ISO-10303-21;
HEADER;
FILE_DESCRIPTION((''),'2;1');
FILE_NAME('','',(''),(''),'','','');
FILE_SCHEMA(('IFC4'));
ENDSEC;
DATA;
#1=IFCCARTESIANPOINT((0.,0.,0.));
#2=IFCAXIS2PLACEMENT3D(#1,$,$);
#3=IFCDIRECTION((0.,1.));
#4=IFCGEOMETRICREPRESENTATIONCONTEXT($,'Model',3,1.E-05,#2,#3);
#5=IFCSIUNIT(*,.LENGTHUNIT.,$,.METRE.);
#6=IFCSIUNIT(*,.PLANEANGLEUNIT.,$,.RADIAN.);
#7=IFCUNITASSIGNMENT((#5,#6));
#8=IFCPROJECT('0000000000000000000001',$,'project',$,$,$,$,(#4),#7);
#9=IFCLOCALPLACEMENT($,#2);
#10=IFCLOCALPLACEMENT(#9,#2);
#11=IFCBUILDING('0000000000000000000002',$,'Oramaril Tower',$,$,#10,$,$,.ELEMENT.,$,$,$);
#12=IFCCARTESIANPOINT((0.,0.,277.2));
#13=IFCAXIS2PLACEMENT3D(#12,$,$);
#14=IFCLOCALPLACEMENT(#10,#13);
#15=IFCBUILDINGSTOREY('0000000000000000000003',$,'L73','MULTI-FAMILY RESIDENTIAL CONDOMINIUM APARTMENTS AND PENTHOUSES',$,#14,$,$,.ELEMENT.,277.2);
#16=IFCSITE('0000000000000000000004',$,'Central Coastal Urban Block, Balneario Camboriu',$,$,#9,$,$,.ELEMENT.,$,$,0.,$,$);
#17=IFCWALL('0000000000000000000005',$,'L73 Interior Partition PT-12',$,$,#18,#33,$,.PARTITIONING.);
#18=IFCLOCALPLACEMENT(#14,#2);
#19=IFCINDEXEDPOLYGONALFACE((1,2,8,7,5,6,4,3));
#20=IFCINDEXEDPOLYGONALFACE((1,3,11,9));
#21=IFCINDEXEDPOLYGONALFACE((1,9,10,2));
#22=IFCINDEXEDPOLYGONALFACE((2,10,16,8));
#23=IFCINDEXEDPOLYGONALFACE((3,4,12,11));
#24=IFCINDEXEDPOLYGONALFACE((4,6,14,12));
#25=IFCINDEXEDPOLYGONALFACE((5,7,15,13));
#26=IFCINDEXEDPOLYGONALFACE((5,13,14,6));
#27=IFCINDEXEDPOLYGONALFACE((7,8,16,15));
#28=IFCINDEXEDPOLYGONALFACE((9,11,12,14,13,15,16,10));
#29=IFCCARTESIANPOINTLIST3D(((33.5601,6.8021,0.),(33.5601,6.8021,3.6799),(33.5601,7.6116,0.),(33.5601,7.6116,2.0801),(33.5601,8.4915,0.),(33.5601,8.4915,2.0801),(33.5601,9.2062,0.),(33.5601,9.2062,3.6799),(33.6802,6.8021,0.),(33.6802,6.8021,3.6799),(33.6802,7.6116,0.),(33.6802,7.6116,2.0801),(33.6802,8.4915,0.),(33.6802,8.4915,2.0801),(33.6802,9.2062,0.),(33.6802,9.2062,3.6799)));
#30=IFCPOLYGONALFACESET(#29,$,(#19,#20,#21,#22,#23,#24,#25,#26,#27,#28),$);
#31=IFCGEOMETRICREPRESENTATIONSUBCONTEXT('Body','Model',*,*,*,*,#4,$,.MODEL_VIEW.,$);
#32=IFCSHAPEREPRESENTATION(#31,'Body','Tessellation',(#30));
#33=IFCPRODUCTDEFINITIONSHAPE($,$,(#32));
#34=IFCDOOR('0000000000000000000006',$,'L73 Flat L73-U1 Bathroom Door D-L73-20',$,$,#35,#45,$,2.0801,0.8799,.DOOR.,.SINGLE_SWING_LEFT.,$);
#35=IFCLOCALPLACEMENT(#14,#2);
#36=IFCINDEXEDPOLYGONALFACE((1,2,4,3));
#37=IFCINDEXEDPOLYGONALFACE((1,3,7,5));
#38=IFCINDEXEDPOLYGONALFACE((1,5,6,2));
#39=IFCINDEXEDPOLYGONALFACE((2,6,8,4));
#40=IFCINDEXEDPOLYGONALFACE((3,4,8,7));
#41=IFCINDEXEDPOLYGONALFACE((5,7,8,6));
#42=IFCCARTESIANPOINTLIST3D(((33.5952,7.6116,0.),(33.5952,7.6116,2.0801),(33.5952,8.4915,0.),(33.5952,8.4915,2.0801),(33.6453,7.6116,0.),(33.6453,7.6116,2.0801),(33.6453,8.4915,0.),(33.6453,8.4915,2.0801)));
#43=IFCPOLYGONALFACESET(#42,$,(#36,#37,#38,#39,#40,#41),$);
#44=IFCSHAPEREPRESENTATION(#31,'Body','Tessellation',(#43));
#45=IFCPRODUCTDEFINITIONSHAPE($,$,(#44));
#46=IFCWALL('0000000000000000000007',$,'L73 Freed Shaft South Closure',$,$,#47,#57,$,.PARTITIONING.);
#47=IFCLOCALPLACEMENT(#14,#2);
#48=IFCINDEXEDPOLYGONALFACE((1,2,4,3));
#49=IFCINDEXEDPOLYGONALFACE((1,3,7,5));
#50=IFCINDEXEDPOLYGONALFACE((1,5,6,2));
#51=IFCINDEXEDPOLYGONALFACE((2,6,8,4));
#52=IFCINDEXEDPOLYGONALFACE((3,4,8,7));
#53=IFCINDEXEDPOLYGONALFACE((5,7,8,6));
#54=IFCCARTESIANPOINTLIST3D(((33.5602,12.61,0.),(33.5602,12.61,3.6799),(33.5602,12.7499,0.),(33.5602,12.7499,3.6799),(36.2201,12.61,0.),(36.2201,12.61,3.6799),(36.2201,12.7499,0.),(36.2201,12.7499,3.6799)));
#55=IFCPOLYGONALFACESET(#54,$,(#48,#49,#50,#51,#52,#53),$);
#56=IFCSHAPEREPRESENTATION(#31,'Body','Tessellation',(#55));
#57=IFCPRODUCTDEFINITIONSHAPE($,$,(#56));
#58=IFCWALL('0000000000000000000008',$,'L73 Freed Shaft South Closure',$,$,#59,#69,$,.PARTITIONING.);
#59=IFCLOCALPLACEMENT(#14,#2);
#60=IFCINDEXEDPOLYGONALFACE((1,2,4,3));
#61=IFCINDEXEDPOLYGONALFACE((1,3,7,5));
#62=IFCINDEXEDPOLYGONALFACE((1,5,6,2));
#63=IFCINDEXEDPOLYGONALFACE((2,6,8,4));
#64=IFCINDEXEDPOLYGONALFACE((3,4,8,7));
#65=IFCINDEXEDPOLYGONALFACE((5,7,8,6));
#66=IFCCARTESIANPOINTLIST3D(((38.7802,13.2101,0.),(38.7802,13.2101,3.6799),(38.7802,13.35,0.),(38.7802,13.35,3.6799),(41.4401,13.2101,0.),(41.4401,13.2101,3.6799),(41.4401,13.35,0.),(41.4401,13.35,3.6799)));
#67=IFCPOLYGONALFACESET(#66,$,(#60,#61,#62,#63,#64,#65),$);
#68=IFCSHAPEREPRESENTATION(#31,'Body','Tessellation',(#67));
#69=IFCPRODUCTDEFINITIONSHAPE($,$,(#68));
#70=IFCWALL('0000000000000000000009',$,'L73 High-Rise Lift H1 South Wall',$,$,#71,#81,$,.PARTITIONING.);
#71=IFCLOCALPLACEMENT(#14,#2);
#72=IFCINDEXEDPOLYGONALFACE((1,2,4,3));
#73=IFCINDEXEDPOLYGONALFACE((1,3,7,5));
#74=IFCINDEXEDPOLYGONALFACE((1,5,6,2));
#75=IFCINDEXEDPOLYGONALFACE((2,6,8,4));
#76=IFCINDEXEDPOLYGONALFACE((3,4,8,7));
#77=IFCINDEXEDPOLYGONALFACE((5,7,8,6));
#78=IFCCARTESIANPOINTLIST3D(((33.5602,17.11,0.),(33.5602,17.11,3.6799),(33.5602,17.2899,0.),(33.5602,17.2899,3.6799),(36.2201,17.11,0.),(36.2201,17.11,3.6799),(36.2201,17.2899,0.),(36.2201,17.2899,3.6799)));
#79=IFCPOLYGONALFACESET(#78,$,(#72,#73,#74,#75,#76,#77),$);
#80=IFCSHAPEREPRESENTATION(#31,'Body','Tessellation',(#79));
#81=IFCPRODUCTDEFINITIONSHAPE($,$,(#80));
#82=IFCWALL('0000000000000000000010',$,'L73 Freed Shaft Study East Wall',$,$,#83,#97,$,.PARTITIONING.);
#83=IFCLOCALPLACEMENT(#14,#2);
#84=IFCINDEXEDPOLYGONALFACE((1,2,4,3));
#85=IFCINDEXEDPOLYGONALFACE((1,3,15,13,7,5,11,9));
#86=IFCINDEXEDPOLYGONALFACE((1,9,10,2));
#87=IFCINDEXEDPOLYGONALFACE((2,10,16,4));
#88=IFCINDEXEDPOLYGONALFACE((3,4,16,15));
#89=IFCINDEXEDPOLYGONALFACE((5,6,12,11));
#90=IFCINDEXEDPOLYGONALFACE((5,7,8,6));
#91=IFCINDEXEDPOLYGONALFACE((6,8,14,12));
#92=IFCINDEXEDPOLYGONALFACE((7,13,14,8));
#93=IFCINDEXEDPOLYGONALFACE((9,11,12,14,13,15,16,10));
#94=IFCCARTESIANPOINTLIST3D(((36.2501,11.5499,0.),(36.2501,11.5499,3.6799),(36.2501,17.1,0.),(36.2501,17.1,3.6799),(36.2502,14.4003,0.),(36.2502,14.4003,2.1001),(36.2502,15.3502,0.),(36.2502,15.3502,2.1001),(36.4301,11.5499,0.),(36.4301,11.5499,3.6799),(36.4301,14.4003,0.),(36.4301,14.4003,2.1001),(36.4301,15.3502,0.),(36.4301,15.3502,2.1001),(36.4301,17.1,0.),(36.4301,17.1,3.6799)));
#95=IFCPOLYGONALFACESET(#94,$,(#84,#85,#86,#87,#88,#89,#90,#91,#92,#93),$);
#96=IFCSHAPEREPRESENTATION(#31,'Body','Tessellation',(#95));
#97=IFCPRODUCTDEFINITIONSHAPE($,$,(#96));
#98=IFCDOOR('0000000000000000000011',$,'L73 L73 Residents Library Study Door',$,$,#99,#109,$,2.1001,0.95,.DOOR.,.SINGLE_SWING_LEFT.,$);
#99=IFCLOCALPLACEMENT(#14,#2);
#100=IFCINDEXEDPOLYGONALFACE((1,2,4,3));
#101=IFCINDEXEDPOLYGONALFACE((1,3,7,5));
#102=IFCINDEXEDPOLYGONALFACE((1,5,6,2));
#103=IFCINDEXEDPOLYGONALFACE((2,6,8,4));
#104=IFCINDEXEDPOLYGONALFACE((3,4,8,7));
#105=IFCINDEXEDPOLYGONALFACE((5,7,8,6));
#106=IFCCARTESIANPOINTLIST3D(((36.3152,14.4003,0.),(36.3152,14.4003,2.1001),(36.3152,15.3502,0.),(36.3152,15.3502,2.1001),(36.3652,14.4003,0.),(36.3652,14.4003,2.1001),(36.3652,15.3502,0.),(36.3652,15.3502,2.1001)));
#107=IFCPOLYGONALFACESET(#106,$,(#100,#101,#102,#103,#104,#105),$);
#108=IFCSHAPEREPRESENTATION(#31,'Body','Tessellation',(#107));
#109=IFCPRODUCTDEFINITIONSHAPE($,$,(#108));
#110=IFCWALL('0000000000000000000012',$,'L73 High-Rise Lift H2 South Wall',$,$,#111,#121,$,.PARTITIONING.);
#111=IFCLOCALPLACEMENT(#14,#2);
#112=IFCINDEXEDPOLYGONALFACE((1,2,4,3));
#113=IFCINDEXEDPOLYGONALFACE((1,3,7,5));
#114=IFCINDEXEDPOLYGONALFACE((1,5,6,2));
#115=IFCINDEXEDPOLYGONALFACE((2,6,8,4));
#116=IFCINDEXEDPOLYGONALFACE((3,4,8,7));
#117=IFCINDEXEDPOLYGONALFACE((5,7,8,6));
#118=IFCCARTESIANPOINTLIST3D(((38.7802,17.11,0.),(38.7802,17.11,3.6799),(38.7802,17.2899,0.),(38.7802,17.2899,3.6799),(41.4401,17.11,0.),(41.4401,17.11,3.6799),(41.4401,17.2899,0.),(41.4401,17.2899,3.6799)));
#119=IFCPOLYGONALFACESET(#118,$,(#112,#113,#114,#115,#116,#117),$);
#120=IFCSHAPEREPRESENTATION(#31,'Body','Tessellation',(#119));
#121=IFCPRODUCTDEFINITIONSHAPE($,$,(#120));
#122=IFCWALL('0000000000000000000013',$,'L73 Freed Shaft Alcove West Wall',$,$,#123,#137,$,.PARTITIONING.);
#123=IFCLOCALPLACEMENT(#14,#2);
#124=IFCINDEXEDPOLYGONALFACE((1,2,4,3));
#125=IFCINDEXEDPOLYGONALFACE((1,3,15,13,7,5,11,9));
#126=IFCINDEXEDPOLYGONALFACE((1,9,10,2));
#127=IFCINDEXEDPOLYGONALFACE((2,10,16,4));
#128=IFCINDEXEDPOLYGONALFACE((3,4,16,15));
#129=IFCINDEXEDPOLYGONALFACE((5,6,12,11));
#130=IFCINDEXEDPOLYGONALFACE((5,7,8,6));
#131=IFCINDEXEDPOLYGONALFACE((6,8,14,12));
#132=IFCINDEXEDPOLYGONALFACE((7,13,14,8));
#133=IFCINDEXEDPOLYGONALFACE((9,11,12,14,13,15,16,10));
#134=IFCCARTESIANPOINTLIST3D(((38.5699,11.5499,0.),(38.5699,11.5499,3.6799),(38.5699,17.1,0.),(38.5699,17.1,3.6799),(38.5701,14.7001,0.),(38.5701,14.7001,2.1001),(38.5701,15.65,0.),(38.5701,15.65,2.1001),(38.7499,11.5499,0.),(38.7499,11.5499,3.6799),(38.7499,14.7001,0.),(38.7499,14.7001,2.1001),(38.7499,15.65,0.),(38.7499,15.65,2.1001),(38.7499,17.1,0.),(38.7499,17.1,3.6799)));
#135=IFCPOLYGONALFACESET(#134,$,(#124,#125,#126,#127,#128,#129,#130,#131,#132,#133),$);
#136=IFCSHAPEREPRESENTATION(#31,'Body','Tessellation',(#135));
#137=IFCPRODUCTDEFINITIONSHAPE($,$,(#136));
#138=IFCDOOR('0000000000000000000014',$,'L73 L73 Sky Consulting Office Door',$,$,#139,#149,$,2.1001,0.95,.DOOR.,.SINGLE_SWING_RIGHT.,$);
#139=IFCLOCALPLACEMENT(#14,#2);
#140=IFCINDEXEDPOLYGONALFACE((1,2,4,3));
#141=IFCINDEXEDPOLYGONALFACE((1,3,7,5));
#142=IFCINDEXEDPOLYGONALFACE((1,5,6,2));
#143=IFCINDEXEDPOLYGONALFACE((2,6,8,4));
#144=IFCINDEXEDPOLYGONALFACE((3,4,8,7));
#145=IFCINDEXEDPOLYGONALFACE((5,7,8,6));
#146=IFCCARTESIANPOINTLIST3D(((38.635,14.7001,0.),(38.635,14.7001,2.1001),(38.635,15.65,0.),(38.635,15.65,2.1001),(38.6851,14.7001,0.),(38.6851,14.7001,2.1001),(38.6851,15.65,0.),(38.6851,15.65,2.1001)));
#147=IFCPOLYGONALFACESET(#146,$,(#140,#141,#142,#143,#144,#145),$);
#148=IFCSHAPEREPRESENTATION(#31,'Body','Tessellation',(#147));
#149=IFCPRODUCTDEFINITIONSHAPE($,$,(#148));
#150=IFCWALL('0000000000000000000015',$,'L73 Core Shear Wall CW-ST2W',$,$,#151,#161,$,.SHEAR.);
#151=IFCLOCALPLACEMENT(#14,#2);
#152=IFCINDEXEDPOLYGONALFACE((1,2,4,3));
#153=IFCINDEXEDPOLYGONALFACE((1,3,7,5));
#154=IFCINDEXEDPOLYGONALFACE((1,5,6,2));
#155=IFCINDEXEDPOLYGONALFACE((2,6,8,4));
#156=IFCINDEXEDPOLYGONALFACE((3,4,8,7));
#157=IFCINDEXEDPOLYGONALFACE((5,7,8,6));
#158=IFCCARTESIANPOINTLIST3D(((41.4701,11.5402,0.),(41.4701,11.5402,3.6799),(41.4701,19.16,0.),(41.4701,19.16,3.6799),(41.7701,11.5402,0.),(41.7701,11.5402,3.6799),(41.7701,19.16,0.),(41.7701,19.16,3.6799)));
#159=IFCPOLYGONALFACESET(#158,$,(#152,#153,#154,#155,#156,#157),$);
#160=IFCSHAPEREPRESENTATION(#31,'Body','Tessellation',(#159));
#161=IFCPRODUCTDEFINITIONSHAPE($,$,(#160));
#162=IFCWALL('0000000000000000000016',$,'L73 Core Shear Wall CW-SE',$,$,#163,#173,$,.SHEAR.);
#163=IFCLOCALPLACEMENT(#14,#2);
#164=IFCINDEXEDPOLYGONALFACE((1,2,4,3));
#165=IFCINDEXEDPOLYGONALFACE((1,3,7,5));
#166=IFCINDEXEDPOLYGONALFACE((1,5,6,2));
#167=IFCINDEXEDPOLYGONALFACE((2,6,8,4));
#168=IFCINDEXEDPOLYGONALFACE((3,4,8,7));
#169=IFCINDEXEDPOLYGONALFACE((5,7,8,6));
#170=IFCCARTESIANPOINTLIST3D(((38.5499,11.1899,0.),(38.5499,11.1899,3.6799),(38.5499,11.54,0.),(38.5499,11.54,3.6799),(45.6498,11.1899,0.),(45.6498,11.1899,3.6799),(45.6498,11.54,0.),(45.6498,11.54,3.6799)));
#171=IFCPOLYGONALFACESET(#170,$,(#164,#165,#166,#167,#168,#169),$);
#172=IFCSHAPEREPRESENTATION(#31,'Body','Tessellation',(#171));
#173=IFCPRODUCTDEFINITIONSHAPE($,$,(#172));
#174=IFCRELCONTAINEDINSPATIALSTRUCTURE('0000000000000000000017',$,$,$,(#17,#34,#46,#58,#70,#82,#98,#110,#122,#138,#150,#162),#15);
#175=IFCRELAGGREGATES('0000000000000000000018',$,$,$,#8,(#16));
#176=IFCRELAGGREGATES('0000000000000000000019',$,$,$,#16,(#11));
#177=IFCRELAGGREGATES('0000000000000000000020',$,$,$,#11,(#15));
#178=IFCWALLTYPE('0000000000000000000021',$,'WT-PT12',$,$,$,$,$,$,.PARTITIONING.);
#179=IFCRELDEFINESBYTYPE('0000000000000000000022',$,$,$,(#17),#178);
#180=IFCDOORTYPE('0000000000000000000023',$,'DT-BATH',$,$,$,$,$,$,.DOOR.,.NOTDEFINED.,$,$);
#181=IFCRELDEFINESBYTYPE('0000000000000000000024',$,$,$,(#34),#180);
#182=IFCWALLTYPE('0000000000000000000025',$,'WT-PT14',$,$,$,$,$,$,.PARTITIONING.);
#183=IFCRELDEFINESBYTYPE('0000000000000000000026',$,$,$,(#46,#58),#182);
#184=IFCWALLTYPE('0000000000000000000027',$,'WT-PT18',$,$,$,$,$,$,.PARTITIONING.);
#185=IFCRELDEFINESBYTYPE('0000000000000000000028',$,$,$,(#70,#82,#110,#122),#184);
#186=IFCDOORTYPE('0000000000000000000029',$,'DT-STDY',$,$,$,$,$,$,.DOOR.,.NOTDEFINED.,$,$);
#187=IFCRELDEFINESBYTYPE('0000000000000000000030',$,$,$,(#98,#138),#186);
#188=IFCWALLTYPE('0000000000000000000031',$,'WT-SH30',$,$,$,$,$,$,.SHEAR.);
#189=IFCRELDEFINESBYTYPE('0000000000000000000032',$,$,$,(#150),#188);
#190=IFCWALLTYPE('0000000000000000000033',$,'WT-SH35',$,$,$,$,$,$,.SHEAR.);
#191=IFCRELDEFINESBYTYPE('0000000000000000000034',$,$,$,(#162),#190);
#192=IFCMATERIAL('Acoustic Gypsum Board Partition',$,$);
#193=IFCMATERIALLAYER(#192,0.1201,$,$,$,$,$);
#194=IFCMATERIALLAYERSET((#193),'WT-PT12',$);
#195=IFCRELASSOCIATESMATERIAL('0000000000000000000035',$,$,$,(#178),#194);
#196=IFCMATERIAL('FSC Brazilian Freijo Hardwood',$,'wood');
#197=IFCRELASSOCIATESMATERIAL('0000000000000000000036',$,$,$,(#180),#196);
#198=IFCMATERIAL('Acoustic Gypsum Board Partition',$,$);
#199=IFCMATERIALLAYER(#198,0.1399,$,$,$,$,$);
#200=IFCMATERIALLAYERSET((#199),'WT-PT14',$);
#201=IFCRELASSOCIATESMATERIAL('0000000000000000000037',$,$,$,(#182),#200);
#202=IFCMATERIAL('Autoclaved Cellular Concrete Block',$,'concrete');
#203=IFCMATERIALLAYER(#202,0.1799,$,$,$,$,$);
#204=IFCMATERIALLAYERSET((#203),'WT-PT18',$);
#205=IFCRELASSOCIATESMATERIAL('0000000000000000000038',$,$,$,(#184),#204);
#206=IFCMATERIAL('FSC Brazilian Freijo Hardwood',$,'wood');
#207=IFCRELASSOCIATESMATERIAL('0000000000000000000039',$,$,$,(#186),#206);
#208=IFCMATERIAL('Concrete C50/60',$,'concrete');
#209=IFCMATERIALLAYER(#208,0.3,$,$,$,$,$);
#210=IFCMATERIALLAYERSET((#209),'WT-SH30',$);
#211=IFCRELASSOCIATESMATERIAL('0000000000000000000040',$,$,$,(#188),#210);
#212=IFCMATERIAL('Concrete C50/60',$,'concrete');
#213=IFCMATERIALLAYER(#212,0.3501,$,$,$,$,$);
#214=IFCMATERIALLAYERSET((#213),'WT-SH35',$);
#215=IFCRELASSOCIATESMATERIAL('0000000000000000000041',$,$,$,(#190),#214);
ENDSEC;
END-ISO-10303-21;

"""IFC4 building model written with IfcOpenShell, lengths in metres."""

from ifc_helpers import new_model, si_unit, direction, frame, frame_2d, origin, place, context, subcontext, project, spatial, rectangle, extrude, material, layer, layer_set, type_object, element, fill, save


model = new_model("IFC4")

# Units and contexts
model_context = context("Model", 3, precision=1e-05, world=origin(), true_north=direction((0.0, 1.0)))
body_context = subcontext(model_context, "Body", "Model", "MODEL_VIEW")
ifc_project = project(units=[si_unit("LENGTHUNIT", "METRE"), si_unit("PLANEANGLEUNIT", "RADIAN")], contexts=[model_context])

# Site, building, storey
site_placement = place(None, origin())
site = spatial("IfcSite", under=ifc_project, at=site_placement, Name="Central Coastal Urban Block, Balneario Camboriu", CompositionType="ELEMENT", RefElevation=0.0)
building_placement = place(site_placement, origin())
building = spatial("IfcBuilding", under=site, at=building_placement, Name="Oramaril Tower", CompositionType="ELEMENT")
storey_placement = place(building_placement, frame((0.0, 0.0, 277.2)))
storey = spatial("IfcBuildingStorey", under=building, at=storey_placement, Name="L73", Description="MULTI-FAMILY RESIDENTIAL CONDOMINIUM APARTMENTS AND PENTHOUSES", CompositionType="ELEMENT", Elevation=277.2)

# Wall, opening, door
ifc_material_1 = material(Name="Acoustic Gypsum Board Partition")
ifc_layer_1 = layer(ifc_material_1, 0.1201)
ifc_layer_set_1 = layer_set([ifc_layer_1], Name="WT-PT12")
wall_type_1 = type_object("IfcWallType", Name="WT-PT12", PredefinedType="PARTITIONING", material=ifc_layer_set_1)
wall_1_placement = place(storey_placement, frame((33.6201, 6.802, 0.0), z_axis=(0.0, 0.0, 1.0), x_axis=(0.0, 1.0, 0.0)))
wall_1 = element("IfcWall", 1, at=wall_1_placement, inside=storey, type_object=wall_type_1, Name="L73 Interior Partition PT-12", PredefinedType="PARTITIONING", context=body_context, shape_type="SweptSolid", body=[
    extrude(rectangle(XDim=2.4041, YDim=0.1201, at=frame_2d((1.2021, 0.0))), origin(), (0.0, 0.0, 1.0), 3.6799),
])
opening_1_placement = place(wall_1_placement, frame((0.8096, 0.0, 0.0)))
opening_1 = element("IfcOpeningElement", 2, at=opening_1_placement, cuts=wall_1, PredefinedType="OPENING", context=body_context, shape_type="SweptSolid", body=[
    extrude(rectangle(XDim=0.8799, YDim=2.0801, at=frame_2d((0.4399, 1.04))), frame((0.0, 0.0601, 0.0), z_axis=(0.0, -1.0, 0.0), x_axis=(1.0, 0.0, 0.0)), (0.0, 0.0, 1.0), 0.1201),
])
ifc_material_2 = material(Name="FSC Brazilian Freijo Hardwood", Category="wood")
door_type_1 = type_object("IfcDoorType", Name="DT-BATH", OperationType="NOTDEFINED", PredefinedType="DOOR", material=ifc_material_2)
door_1_placement = place(opening_1_placement, origin())
door_1 = element("IfcDoor", 3, at=door_1_placement, inside=storey, type_object=door_type_1, Name="L73 Flat L73-U1 Bathroom Door D-L73-20", OperationType="SINGLE_SWING_LEFT", OverallHeight=2.0801, OverallWidth=0.8799, PredefinedType="DOOR", context=body_context, shape_type="SweptSolid", body=[
    extrude(rectangle(XDim=0.8799, YDim=2.0801, at=frame_2d((0.4399, 1.04))), frame((0.0, 0.0249, 0.0), z_axis=(0.0, -1.0, 0.0), x_axis=(1.0, 0.0, 0.0)), (0.0, 0.0, 1.0), 0.05),
])
fill(opening_1, door_1)

# Walls
ifc_material_3 = material(Name="Acoustic Gypsum Board Partition")
ifc_layer_2 = layer(ifc_material_3, 0.1399)
ifc_layer_set_2 = layer_set([ifc_layer_2], Name="WT-PT14")
wall_type_2 = type_object("IfcWallType", Name="WT-PT14", PredefinedType="PARTITIONING", material=ifc_layer_set_2)
for number, where, z_axis, x_axis, name in (
    (4, (33.5601, 12.6799, 0.0), (0.0, 0.0, 1.0), (1.0, 0.0, 0.0), "L73 Freed Shaft South Closure"),
    (5, (38.78, 13.28, 0.0), (0.0, 0.0, 1.0), (1.0, 0.0, 0.0), "L73 Freed Shaft South Closure"),
):
    element("IfcWall", number, at=place(storey_placement, frame(where, z_axis=z_axis, x_axis=x_axis)), inside=storey, type_object=wall_type_2, Name=name, PredefinedType="PARTITIONING", context=body_context, shape_type="SweptSolid", body=[
        extrude(rectangle(XDim=2.6599, YDim=0.1399, at=frame_2d((1.3301, 0.0))), origin(), (0.0, 0.0, 1.0), 3.6799),
    ])
ifc_material_4 = material(Name="Autoclaved Cellular Concrete Block", Category="concrete")
ifc_layer_3 = layer(ifc_material_4, 0.1799)
ifc_layer_set_3 = layer_set([ifc_layer_3], Name="WT-PT18")
wall_type_3 = type_object("IfcWallType", Name="WT-PT18", PredefinedType="PARTITIONING", material=ifc_layer_set_3)
wall_2_placement = place(storey_placement, frame((33.5601, 17.2, 0.0), z_axis=(0.0, 0.0, 1.0), x_axis=(1.0, 0.0, 0.0)))
element("IfcWall", 6, at=wall_2_placement, inside=storey, type_object=wall_type_3, Name="L73 High-Rise Lift H1 South Wall", PredefinedType="PARTITIONING", context=body_context, shape_type="SweptSolid", body=[
    extrude(rectangle(XDim=2.6599, YDim=0.1799, at=frame_2d((1.3301, 0.0))), origin(), (0.0, 0.0, 1.0), 3.6799),
])

# Wall, opening, door
wall_3_placement = place(storey_placement, frame((36.3401, 11.55, 0.0), z_axis=(0.0, 0.0, 1.0), x_axis=(0.0, 1.0, 0.0)))
wall_3 = element("IfcWall", 7, at=wall_3_placement, inside=storey, type_object=wall_type_3, Name="L73 Freed Shaft Study East Wall", PredefinedType="PARTITIONING", context=body_context, shape_type="SweptSolid", body=[
    extrude(rectangle(XDim=5.55, YDim=0.1799, at=frame_2d((2.7749, 0.0))), origin(), (0.0, 0.0, 1.0), 3.6799),
])
opening_2_placement = place(wall_3_placement, frame((2.8501, 0.0, 0.0)))
opening_2 = element("IfcOpeningElement", 8, at=opening_2_placement, cuts=wall_3, PredefinedType="OPENING", context=body_context, shape_type="SweptSolid", body=[
    extrude(rectangle(XDim=0.95, YDim=2.1001, at=frame_2d((0.4751, 1.05))), frame((0.0, 0.0898, 0.0), z_axis=(0.0, -1.0, 0.0), x_axis=(1.0, 0.0, 0.0)), (0.0, 0.0, 1.0), 0.1799),
])
ifc_material_5 = material(Name="FSC Brazilian Freijo Hardwood", Category="wood")
door_type_2 = type_object("IfcDoorType", Name="DT-STDY", OperationType="NOTDEFINED", PredefinedType="DOOR", material=ifc_material_5)
door_2_placement = place(opening_2_placement, origin())
door_2 = element("IfcDoor", 9, at=door_2_placement, inside=storey, type_object=door_type_2, Name="L73 L73 Residents Library Study Door", OperationType="SINGLE_SWING_LEFT", OverallHeight=2.1001, OverallWidth=0.95, PredefinedType="DOOR", context=body_context, shape_type="SweptSolid", body=[
    extrude(rectangle(XDim=0.95, YDim=2.1001, at=frame_2d((0.4751, 1.05))), frame((0.0, 0.0249, 0.0), z_axis=(0.0, -1.0, 0.0), x_axis=(1.0, 0.0, 0.0)), (0.0, 0.0, 1.0), 0.05),
])
fill(opening_2, door_2)

# Wall
wall_4_placement = place(storey_placement, frame((38.78, 17.2, 0.0), z_axis=(0.0, 0.0, 1.0), x_axis=(1.0, 0.0, 0.0)))
element("IfcWall", 10, at=wall_4_placement, inside=storey, type_object=wall_type_3, Name="L73 High-Rise Lift H2 South Wall", PredefinedType="PARTITIONING", context=body_context, shape_type="SweptSolid", body=[
    extrude(rectangle(XDim=2.6599, YDim=0.1799, at=frame_2d((1.3301, 0.0))), origin(), (0.0, 0.0, 1.0), 3.6799),
])

# Wall, opening, door
wall_5_placement = place(storey_placement, frame((38.6599, 11.55, 0.0), z_axis=(0.0, 0.0, 1.0), x_axis=(0.0, 1.0, 0.0)))
wall_5 = element("IfcWall", 11, at=wall_5_placement, inside=storey, type_object=wall_type_3, Name="L73 Freed Shaft Alcove West Wall", PredefinedType="PARTITIONING", context=body_context, shape_type="SweptSolid", body=[
    extrude(rectangle(XDim=5.55, YDim=0.1799, at=frame_2d((2.7749, 0.0))), origin(), (0.0, 0.0, 1.0), 3.6799),
])
opening_3_placement = place(wall_5_placement, frame((3.1499, 0.0, 0.0)))
opening_3 = element("IfcOpeningElement", 12, at=opening_3_placement, cuts=wall_5, PredefinedType="OPENING", context=body_context, shape_type="SweptSolid", body=[
    extrude(rectangle(XDim=0.95, YDim=2.1001, at=frame_2d((0.4751, 1.05))), frame((0.0, 0.0898, 0.0), z_axis=(0.0, -1.0, 0.0), x_axis=(1.0, 0.0, 0.0)), (0.0, 0.0, 1.0), 0.1799),
])
door_3_placement = place(opening_3_placement, origin())
door_3 = element("IfcDoor", 13, at=door_3_placement, inside=storey, type_object=door_type_2, Name="L73 L73 Sky Consulting Office Door", OperationType="SINGLE_SWING_RIGHT", OverallHeight=2.1001, OverallWidth=0.95, PredefinedType="DOOR", context=body_context, shape_type="SweptSolid", body=[
    extrude(rectangle(XDim=0.95, YDim=2.1001, at=frame_2d((0.4751, 1.05))), frame((0.0, 0.0249, 0.0), z_axis=(0.0, -1.0, 0.0), x_axis=(1.0, 0.0, 0.0)), (0.0, 0.0, 1.0), 0.05),
])
fill(opening_3, door_3)

# Walls
ifc_material_6 = material(Name="Concrete C50/60", Category="concrete")
ifc_layer_4 = layer(ifc_material_6, 0.3)
ifc_layer_set_4 = layer_set([ifc_layer_4], Name="WT-SH30")
wall_type_4 = type_object("IfcWallType", Name="WT-SH30", PredefinedType="SHEAR", material=ifc_layer_set_4)
wall_6_placement = place(storey_placement, frame((41.6201, 11.54, 0.0), z_axis=(0.0, 0.0, 1.0), x_axis=(0.0, 1.0, 0.0)))
element("IfcWall", 14, at=wall_6_placement, inside=storey, type_object=wall_type_4, Name="L73 Core Shear Wall CW-ST2W", PredefinedType="SHEAR", context=body_context, shape_type="SweptSolid", body=[
    extrude(rectangle(XDim=7.6199, YDim=0.3, at=frame_2d((3.8101, 0.0))), origin(), (0.0, 0.0, 1.0), 3.6799),
])
ifc_material_7 = material(Name="Concrete C50/60", Category="concrete")
ifc_layer_5 = layer(ifc_material_7, 0.3501)
ifc_layer_set_5 = layer_set([ifc_layer_5], Name="WT-SH35")
wall_type_5 = type_object("IfcWallType", Name="WT-SH35", PredefinedType="SHEAR", material=ifc_layer_set_5)
wall_7_placement = place(storey_placement, frame((38.55, 11.365, 0.0), z_axis=(0.0, 0.0, 1.0), x_axis=(1.0, 0.0, 0.0)))
element("IfcWall", 15, at=wall_7_placement, inside=storey, type_object=wall_type_5, Name="L73 Core Shear Wall CW-SE", PredefinedType="SHEAR", context=body_context, shape_type="SweptSolid", body=[
    extrude(rectangle(XDim=7.0999, YDim=0.3501, at=frame_2d((3.5498, 0.0))), origin(), (0.0, 0.0, 1.0), 3.6799),
])

save(model, "model.ifc")
